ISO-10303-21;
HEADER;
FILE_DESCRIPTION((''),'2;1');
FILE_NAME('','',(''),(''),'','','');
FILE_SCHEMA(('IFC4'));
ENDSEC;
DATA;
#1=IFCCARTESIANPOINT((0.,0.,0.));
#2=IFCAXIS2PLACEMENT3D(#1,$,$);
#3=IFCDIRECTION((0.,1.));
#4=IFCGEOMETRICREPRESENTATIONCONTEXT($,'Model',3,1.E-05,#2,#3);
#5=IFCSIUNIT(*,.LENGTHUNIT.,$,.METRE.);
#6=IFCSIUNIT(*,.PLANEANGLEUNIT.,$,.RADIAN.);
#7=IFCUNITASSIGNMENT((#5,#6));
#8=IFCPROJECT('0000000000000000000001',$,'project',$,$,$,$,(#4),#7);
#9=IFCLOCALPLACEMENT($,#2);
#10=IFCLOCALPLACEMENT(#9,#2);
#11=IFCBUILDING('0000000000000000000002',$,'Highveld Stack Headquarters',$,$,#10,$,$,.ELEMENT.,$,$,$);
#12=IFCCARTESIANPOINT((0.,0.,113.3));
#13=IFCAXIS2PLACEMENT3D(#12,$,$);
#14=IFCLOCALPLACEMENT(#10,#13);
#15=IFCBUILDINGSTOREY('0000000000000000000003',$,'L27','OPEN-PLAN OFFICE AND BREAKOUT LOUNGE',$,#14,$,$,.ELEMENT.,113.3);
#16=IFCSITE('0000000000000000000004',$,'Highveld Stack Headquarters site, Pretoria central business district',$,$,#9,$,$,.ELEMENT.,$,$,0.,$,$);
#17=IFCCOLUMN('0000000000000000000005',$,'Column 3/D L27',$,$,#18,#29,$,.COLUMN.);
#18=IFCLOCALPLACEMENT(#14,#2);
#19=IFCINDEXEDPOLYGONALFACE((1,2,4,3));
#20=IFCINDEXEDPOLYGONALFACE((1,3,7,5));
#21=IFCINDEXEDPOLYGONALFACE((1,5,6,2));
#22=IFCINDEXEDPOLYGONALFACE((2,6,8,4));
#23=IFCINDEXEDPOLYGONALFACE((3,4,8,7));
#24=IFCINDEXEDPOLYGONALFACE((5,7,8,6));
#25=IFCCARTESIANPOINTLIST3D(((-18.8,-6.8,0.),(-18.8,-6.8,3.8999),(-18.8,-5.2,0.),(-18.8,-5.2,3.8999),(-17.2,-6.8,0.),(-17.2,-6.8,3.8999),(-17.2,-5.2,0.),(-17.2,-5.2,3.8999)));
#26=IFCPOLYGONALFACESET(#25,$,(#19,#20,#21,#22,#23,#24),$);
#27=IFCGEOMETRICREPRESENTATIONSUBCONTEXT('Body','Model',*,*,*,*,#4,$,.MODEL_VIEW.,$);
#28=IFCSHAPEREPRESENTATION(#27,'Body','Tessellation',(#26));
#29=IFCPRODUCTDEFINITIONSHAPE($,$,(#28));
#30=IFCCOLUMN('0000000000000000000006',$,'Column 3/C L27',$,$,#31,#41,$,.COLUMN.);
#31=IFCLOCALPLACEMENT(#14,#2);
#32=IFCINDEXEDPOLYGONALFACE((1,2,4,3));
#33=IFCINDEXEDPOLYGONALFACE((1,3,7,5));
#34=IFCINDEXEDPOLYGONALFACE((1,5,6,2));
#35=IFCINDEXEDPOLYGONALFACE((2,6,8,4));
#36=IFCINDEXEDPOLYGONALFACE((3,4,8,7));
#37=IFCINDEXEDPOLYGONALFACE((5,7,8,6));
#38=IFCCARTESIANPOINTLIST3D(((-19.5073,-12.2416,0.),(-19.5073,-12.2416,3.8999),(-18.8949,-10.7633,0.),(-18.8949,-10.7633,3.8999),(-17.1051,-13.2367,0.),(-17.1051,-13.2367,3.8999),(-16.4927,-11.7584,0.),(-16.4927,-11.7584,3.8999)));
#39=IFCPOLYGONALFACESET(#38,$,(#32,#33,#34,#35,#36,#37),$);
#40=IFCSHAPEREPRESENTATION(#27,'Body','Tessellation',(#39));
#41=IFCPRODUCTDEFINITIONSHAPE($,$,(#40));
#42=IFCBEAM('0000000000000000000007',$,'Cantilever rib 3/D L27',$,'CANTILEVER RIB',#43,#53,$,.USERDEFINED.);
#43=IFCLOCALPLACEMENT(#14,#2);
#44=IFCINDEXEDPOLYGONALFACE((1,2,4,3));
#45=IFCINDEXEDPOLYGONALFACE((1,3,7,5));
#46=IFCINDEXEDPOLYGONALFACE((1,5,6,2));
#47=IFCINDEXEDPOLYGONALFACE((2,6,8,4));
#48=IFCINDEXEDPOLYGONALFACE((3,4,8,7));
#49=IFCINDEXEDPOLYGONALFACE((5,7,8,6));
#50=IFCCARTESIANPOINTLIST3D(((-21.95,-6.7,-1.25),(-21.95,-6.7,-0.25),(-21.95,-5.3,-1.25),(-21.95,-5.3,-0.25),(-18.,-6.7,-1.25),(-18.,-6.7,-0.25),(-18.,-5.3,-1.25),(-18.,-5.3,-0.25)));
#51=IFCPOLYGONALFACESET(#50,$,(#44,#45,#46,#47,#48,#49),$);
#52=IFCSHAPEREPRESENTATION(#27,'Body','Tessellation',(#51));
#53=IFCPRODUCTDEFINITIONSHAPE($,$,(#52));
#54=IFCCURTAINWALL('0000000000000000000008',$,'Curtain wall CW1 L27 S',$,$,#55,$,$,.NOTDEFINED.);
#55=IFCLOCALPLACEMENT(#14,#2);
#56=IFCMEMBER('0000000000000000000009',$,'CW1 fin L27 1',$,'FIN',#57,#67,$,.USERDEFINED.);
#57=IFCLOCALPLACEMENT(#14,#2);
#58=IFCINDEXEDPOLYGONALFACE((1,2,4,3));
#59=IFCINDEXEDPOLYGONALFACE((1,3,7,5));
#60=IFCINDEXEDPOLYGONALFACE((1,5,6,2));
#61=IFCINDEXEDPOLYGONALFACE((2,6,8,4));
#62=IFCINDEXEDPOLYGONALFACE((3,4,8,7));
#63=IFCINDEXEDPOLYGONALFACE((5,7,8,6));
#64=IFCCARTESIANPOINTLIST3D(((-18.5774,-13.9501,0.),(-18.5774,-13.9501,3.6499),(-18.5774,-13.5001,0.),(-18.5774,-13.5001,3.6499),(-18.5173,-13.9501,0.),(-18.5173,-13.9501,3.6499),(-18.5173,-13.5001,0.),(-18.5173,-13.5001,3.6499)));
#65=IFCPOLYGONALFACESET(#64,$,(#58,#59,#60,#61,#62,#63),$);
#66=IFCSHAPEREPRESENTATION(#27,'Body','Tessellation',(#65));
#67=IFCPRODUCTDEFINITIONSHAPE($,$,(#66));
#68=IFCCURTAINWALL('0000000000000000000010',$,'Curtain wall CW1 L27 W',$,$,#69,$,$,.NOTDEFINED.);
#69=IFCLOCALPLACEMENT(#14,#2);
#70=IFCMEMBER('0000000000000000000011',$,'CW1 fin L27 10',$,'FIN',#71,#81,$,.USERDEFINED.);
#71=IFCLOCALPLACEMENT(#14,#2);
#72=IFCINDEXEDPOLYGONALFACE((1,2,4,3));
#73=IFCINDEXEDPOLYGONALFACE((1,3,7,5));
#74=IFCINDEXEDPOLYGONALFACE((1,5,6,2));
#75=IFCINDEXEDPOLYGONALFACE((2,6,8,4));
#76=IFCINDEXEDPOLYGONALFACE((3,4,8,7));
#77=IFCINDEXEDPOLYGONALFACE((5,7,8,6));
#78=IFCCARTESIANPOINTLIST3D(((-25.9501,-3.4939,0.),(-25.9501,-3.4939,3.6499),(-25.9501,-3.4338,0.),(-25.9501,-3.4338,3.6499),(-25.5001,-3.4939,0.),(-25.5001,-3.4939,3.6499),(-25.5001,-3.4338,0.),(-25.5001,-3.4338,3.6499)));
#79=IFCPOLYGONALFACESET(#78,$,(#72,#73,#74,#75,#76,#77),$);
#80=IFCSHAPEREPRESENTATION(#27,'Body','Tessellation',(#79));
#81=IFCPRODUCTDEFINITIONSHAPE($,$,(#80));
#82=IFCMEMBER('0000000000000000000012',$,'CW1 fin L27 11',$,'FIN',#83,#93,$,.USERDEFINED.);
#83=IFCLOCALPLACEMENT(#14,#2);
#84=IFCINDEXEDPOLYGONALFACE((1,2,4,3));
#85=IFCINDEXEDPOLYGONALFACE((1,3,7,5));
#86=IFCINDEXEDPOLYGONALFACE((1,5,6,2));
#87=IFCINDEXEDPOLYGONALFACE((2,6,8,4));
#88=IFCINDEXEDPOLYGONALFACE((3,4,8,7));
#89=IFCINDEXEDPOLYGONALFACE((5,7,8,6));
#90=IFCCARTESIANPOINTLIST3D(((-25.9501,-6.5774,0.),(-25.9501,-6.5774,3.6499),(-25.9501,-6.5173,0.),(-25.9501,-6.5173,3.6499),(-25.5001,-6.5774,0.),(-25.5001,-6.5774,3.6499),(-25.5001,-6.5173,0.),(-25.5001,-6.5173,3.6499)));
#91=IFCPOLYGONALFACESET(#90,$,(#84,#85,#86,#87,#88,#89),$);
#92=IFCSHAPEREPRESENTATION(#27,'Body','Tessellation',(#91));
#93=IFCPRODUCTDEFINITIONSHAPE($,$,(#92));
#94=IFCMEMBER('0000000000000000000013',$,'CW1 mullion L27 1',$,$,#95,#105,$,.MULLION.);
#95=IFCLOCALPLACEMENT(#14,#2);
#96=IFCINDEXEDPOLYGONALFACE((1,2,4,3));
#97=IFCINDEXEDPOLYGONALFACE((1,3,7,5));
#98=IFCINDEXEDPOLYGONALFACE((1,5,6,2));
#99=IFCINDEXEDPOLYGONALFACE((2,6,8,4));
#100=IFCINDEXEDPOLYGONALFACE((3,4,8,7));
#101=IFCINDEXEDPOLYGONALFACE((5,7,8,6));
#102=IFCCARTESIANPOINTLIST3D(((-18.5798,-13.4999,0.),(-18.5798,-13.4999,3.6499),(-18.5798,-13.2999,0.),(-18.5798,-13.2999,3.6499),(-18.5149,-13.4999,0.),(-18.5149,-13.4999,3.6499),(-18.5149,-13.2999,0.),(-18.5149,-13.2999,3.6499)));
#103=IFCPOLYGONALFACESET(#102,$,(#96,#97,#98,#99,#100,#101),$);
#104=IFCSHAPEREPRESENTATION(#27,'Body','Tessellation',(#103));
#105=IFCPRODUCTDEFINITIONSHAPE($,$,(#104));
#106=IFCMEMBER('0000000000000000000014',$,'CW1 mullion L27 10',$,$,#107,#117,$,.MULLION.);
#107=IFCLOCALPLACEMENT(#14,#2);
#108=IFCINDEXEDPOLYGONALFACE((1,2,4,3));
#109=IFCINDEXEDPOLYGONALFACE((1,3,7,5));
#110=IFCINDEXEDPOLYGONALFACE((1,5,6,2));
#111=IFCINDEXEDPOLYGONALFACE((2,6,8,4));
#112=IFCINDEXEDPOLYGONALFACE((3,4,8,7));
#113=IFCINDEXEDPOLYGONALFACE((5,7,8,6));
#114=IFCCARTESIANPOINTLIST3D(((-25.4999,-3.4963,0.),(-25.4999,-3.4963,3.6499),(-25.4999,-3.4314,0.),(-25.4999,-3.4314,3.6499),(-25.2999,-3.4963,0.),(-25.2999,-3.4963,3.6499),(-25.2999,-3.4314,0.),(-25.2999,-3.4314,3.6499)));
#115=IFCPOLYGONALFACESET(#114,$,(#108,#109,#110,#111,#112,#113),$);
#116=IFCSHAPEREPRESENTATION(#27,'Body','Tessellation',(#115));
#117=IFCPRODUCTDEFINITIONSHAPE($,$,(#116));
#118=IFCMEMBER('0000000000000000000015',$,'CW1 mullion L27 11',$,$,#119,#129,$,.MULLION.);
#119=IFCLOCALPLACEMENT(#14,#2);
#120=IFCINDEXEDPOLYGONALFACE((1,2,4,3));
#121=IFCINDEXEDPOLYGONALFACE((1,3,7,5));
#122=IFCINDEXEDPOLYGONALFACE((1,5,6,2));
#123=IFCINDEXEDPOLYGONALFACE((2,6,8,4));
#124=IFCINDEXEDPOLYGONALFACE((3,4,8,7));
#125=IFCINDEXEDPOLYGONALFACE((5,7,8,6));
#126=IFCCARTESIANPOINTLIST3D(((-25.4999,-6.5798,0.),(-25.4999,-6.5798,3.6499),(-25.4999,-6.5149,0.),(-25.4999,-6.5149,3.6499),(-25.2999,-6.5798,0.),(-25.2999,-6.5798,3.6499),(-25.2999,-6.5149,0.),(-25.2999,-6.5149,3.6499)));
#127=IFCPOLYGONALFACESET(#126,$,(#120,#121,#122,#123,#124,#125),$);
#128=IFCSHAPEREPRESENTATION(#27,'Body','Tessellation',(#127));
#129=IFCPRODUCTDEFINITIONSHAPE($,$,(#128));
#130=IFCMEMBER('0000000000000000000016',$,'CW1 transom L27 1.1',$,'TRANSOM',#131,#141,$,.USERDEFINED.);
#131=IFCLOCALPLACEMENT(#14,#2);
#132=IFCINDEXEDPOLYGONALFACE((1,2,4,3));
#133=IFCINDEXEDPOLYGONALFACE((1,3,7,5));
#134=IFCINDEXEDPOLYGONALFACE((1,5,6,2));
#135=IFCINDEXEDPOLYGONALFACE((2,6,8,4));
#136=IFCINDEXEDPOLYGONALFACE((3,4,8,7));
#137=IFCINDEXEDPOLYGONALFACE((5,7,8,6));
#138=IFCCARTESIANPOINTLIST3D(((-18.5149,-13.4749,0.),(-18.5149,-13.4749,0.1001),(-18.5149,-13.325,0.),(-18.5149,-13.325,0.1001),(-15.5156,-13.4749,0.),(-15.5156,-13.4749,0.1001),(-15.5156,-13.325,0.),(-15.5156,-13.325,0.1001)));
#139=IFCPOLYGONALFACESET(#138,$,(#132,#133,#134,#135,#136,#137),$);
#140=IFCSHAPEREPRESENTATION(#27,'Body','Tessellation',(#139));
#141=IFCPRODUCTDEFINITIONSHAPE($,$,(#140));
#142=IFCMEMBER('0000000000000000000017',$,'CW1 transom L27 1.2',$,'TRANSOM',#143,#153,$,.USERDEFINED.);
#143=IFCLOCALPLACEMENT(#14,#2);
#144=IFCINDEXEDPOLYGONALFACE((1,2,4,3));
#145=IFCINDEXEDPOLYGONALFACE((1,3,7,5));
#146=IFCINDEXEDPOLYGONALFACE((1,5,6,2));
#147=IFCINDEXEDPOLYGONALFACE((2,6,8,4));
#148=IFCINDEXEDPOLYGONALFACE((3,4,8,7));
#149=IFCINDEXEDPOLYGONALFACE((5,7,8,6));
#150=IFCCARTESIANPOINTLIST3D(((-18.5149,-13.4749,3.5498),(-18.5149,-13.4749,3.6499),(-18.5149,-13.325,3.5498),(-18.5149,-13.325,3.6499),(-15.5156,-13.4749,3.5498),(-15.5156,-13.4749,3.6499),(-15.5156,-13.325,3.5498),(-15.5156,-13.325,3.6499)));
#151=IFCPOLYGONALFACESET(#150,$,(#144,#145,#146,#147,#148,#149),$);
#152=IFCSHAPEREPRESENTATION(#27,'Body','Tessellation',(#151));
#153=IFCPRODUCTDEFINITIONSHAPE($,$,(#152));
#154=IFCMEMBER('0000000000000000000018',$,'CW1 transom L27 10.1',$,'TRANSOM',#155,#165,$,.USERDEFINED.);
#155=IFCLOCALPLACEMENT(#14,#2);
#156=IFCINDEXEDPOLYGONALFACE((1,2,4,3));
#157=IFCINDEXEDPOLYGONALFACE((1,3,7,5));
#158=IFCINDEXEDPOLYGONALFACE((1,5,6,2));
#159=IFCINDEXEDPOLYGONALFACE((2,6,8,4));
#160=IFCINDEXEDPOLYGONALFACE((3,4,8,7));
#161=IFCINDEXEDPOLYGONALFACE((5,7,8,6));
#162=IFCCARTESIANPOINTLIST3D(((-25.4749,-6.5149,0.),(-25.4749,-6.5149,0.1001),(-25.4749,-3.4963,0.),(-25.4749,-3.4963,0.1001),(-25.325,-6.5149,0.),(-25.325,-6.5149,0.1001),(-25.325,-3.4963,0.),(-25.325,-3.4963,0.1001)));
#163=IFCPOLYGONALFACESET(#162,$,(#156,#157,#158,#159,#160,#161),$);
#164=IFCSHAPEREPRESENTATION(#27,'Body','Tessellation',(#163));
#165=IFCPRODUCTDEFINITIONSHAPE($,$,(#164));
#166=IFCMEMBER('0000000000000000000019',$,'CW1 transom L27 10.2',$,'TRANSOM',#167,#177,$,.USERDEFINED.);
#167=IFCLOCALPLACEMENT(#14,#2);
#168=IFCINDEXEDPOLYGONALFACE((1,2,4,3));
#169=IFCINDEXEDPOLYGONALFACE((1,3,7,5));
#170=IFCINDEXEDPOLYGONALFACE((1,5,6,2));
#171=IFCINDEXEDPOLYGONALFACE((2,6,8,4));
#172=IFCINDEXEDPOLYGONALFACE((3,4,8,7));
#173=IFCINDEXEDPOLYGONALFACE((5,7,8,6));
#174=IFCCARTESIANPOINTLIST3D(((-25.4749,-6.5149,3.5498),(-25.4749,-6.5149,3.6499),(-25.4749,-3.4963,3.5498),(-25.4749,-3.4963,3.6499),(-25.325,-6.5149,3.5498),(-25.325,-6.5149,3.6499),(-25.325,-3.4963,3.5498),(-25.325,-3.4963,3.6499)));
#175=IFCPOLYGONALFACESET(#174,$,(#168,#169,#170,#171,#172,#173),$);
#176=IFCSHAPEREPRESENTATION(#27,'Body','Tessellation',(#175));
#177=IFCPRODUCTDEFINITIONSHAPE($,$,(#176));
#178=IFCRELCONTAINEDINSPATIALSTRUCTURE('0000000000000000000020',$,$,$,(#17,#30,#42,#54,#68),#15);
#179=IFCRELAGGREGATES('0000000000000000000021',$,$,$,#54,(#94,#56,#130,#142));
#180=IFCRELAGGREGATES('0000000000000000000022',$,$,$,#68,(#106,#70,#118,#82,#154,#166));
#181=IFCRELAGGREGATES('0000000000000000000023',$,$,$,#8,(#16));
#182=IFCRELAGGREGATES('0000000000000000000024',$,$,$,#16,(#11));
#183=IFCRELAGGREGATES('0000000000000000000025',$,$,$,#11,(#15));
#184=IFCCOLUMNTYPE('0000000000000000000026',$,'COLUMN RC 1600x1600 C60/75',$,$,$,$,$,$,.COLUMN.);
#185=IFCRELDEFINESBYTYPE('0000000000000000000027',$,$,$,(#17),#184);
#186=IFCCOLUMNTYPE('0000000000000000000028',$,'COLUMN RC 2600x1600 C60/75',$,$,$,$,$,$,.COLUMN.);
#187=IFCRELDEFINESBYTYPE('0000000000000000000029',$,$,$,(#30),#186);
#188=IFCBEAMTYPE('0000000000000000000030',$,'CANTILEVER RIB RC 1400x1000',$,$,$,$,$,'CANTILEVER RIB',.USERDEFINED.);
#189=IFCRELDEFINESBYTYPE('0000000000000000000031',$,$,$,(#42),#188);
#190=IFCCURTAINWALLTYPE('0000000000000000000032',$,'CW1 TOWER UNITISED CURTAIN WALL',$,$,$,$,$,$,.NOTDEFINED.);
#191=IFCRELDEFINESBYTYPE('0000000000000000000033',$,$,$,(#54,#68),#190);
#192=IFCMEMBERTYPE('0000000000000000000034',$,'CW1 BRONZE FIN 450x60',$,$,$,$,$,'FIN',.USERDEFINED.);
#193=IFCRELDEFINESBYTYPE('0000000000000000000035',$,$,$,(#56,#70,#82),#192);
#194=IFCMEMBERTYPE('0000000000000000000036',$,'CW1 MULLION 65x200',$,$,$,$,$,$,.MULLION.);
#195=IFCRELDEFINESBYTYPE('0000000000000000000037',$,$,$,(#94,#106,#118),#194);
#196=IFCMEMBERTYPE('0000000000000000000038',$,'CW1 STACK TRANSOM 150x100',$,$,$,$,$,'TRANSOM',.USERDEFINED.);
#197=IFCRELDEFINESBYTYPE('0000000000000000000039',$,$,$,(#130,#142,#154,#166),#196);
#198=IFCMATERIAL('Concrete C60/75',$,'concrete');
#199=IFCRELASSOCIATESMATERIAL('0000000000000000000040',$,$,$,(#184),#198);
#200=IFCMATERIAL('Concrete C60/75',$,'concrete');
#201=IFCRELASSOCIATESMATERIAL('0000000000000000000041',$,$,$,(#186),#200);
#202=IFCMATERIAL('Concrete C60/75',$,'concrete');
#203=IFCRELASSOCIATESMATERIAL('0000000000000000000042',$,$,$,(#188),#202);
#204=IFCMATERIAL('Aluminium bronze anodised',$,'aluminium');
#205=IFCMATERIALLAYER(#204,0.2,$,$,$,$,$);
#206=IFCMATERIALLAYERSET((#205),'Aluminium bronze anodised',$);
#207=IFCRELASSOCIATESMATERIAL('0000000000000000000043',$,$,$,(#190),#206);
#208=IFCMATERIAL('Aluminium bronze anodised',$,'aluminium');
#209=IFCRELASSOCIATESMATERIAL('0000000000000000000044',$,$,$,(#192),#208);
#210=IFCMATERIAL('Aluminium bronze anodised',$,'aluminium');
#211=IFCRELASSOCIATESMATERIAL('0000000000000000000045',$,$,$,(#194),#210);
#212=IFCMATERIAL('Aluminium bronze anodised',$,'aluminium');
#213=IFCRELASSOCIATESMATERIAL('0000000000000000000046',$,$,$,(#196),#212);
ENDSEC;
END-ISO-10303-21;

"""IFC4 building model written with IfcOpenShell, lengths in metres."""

from ifc_helpers import new_model, si_unit, direction, frame, origin, origin_2d, place, context, subcontext, project, spatial, rectangle, extrude, material, layer, layer_set, material_profile, profile_set, type_object, element, aggregate, save


model = new_model("IFC4")

# Units and contexts
model_context = context("Model", 3, precision=1e-05, world=origin(), true_north=direction((0.0, 1.0)))
body_context = subcontext(model_context, "Body", "Model", "MODEL_VIEW")
ifc_project = project(units=[si_unit("LENGTHUNIT", "METRE"), si_unit("PLANEANGLEUNIT", "RADIAN")], contexts=[model_context])

# Site, building, storey
site_placement = place(None, origin())
site = spatial("IfcSite", under=ifc_project, at=site_placement, Name="Highveld Stack Headquarters site, Pretoria central business district", CompositionType="ELEMENT", RefElevation=0.0)
building_placement = place(site_placement, origin())
building = spatial("IfcBuilding", under=site, at=building_placement, Name="Highveld Stack Headquarters", CompositionType="ELEMENT")
storey_placement = place(building_placement, frame((0.0, 0.0, 113.3)))
storey = spatial("IfcBuildingStorey", under=building, at=storey_placement, Name="L27", Description="OPEN-PLAN OFFICE AND BREAKOUT LOUNGE", CompositionType="ELEMENT", Elevation=113.3)

# Columns
ifc_material_1 = material(Name="Concrete C60/75", Category="concrete")
ifc_material_profile_1 = material_profile(ifc_material_1, rectangle(XDim=1.6001, YDim=1.6001, at=origin_2d()), Name="RC 1600x1600")
ifc_profile_set_1 = profile_set([ifc_material_profile_1], Name="Concrete C60/75")
column_type_1 = type_object("IfcColumnType", Name="COLUMN RC 1600x1600 C60/75", PredefinedType="COLUMN", material=ifc_profile_set_1)
column_1_placement = place(storey_placement, frame((-18.0, -6.0, 0.0), z_axis=(0.0, 0.0, 1.0), x_axis=(1.0, 0.0, 0.0)))
element("IfcColumn", 1, at=column_1_placement, inside=storey, type_object=column_type_1, Name="Column 3/D L27", PredefinedType="COLUMN", context=body_context, shape_type="SweptSolid", body=[
    extrude(rectangle(XDim=1.6001, YDim=1.6001, at=origin_2d()), origin(), (0.0, 0.0, 1.0), 3.8999),
])
ifc_material_2 = material(Name="Concrete C60/75", Category="concrete")
ifc_material_profile_2 = material_profile(ifc_material_2, rectangle(XDim=2.6001, YDim=1.6001, at=origin_2d()), Name="RC 2600x1600")
ifc_profile_set_2 = profile_set([ifc_material_profile_2], Name="Concrete C60/75")
column_type_2 = type_object("IfcColumnType", Name="COLUMN RC 2600x1600 C60/75", PredefinedType="COLUMN", material=ifc_profile_set_2)
column_2_placement = place(storey_placement, frame((-18.0, -12.0, 0.0), z_axis=(0.0, 0.0, 1.0), x_axis=(-0.92388, 0.382683, 0.0)))
element("IfcColumn", 2, at=column_2_placement, inside=storey, type_object=column_type_2, Name="Column 3/C L27", PredefinedType="COLUMN", context=body_context, shape_type="SweptSolid", body=[
    extrude(rectangle(XDim=2.6001, YDim=1.6001, at=origin_2d()), origin(), (0.0, 0.0, 1.0), 3.8999),
])

# Beam
ifc_material_3 = material(Name="Concrete C60/75", Category="concrete")
ifc_material_profile_3 = material_profile(ifc_material_3, rectangle(XDim=1.3999, YDim=1.0, at=origin_2d()), Name="RC 1400x1000")
ifc_profile_set_3 = profile_set([ifc_material_profile_3], Name="Concrete C60/75")
beam_type_1 = type_object("IfcBeamType", Name="CANTILEVER RIB RC 1400x1000", ElementType="CANTILEVER RIB", PredefinedType="USERDEFINED", material=ifc_profile_set_3)
beam_1_placement = place(storey_placement, frame((-18.0, -6.0, -0.75), z_axis=(-1.0, 0.0, 0.0), x_axis=(0.0, -1.0, 0.0)))
element("IfcBeam", 3, at=beam_1_placement, inside=storey, type_object=beam_type_1, Name="Cantilever rib 3/D L27", ObjectType="CANTILEVER RIB", PredefinedType="USERDEFINED", context=body_context, shape_type="SweptSolid", body=[
    extrude(rectangle(XDim=1.3999, YDim=1.0, at=origin_2d()), origin(), (0.0, 0.0, 1.0), 3.95),
])

# Curtain wall, member
ifc_material_4 = material(Name="Aluminium bronze anodised", Category="aluminium")
ifc_layer_1 = layer(ifc_material_4, 0.2)
ifc_layer_set_1 = layer_set([ifc_layer_1], Name="Aluminium bronze anodised")
curtain_wall_type_1 = type_object("IfcCurtainWallType", Name="CW1 TOWER UNITISED CURTAIN WALL", PredefinedType="NOTDEFINED", material=ifc_layer_set_1)
curtain_wall_1_placement = place(storey_placement, origin())
curtain_wall_1 = element("IfcCurtainWall", 4, at=curtain_wall_1_placement, inside=storey, type_object=curtain_wall_type_1, Name="Curtain wall CW1 L27 S", PredefinedType="NOTDEFINED")
ifc_material_5 = material(Name="Aluminium bronze anodised", Category="aluminium")
ifc_material_profile_4 = material_profile(ifc_material_5, rectangle(XDim=0.45, YDim=0.0601, at=origin_2d()), Name="FIN 450x60")
ifc_profile_set_4 = profile_set([ifc_material_profile_4], Name="Aluminium bronze anodised")
member_type_1 = type_object("IfcMemberType", Name="CW1 BRONZE FIN 450x60", ElementType="FIN", PredefinedType="USERDEFINED", material=ifc_profile_set_4)
member_1_placement = place(storey_placement, frame((-18.5474, -13.7251, 0.0), z_axis=(0.0, 0.0, 1.0), x_axis=(0.0, 1.0, 0.0)))
member_1 = element("IfcMember", 5, at=member_1_placement, type_object=member_type_1, Name="CW1 fin L27 1", ObjectType="FIN", PredefinedType="USERDEFINED", context=body_context, shape_type="SweptSolid", body=[
    extrude(rectangle(XDim=0.45, YDim=0.0601, at=origin_2d()), origin(), (0.0, 0.0, 1.0), 3.6499),
])

# Curtain wall, members
curtain_wall_2_placement = place(storey_placement, origin())
curtain_wall_2 = element("IfcCurtainWall", 6, at=curtain_wall_2_placement, inside=storey, type_object=curtain_wall_type_1, Name="Curtain wall CW1 L27 W", PredefinedType="NOTDEFINED")
member_2_placement = place(storey_placement, frame((-25.7251, -3.4639, 0.0), z_axis=(0.0, 0.0, 1.0), x_axis=(1.0, 0.0, 0.0)))
member_2 = element("IfcMember", 7, at=member_2_placement, type_object=member_type_1, Name="CW1 fin L27 10", ObjectType="FIN", PredefinedType="USERDEFINED", context=body_context, shape_type="SweptSolid", body=[
    extrude(rectangle(XDim=0.45, YDim=0.0601, at=origin_2d()), origin(), (0.0, 0.0, 1.0), 3.6499),
])
member_3_placement = place(storey_placement, frame((-25.7251, -6.5474, 0.0), z_axis=(0.0, 0.0, 1.0), x_axis=(1.0, 0.0, 0.0)))
member_3 = element("IfcMember", 8, at=member_3_placement, type_object=member_type_1, Name="CW1 fin L27 11", ObjectType="FIN", PredefinedType="USERDEFINED", context=body_context, shape_type="SweptSolid", body=[
    extrude(rectangle(XDim=0.45, YDim=0.0601, at=origin_2d()), origin(), (0.0, 0.0, 1.0), 3.6499),
])

# Members
ifc_material_6 = material(Name="Aluminium bronze anodised", Category="aluminium")
ifc_material_profile_5 = material_profile(ifc_material_6, rectangle(XDim=0.2, YDim=0.0649, at=origin_2d()), Name="CW1 MULLION 65x200")
ifc_profile_set_5 = profile_set([ifc_material_profile_5], Name="Aluminium bronze anodised")
member_type_2 = type_object("IfcMemberType", Name="CW1 MULLION 65x200", PredefinedType="MULLION", material=ifc_profile_set_5)
member_4_placement = place(storey_placement, frame((-18.5474, -13.3999, 0.0), z_axis=(0.0, 0.0, 1.0), x_axis=(0.0, 1.0, 0.0)))
member_4 = element("IfcMember", 9, at=member_4_placement, type_object=member_type_2, Name="CW1 mullion L27 1", PredefinedType="MULLION", context=body_context, shape_type="SweptSolid", body=[
    extrude(rectangle(XDim=0.2, YDim=0.0649, at=origin_2d()), origin(), (0.0, 0.0, 1.0), 3.6499),
])
member_5_placement = place(storey_placement, frame((-25.3999, -3.4639, 0.0), z_axis=(0.0, 0.0, 1.0), x_axis=(1.0, 0.0, 0.0)))
member_5 = element("IfcMember", 10, at=member_5_placement, type_object=member_type_2, Name="CW1 mullion L27 10", PredefinedType="MULLION", context=body_context, shape_type="SweptSolid", body=[
    extrude(rectangle(XDim=0.2, YDim=0.0649, at=origin_2d()), origin(), (0.0, 0.0, 1.0), 3.6499),
])
member_6_placement = place(storey_placement, frame((-25.3999, -6.5474, 0.0), z_axis=(0.0, 0.0, 1.0), x_axis=(1.0, 0.0, 0.0)))
member_6 = element("IfcMember", 11, at=member_6_placement, type_object=member_type_2, Name="CW1 mullion L27 11", PredefinedType="MULLION", context=body_context, shape_type="SweptSolid", body=[
    extrude(rectangle(XDim=0.2, YDim=0.0649, at=origin_2d()), origin(), (0.0, 0.0, 1.0), 3.6499),
])
ifc_material_7 = material(Name="Aluminium bronze anodised", Category="aluminium")
ifc_material_profile_6 = material_profile(ifc_material_7, rectangle(XDim=0.1499, YDim=0.1001, at=origin_2d()), Name="CW1 TRANSOM 150x100")
ifc_profile_set_6 = profile_set([ifc_material_profile_6], Name="Aluminium bronze anodised")
member_type_3 = type_object("IfcMemberType", Name="CW1 STACK TRANSOM 150x100", ElementType="TRANSOM", PredefinedType="USERDEFINED", material=ifc_profile_set_6)
member_7_placement = place(storey_placement, frame((-18.5149, -13.3999, 0.05), z_axis=(1.0, 0.0, 0.0), x_axis=(0.0, 1.0, 0.0)))
member_7 = element("IfcMember", 12, at=member_7_placement, type_object=member_type_3, Name="CW1 transom L27 1.1", ObjectType="TRANSOM", PredefinedType="USERDEFINED", context=body_context, shape_type="SweptSolid", body=[
    extrude(rectangle(XDim=0.1499, YDim=0.1001, at=origin_2d()), origin(), (0.0, 0.0, 1.0), 2.9993),
])
member_8_placement = place(storey_placement, frame((-18.5149, -13.3999, 3.5999), z_axis=(1.0, 0.0, 0.0), x_axis=(0.0, 1.0, 0.0)))
member_8 = element("IfcMember", 13, at=member_8_placement, type_object=member_type_3, Name="CW1 transom L27 1.2", ObjectType="TRANSOM", PredefinedType="USERDEFINED", context=body_context, shape_type="SweptSolid", body=[
    extrude(rectangle(XDim=0.1499, YDim=0.1001, at=origin_2d()), origin(), (0.0, 0.0, 1.0), 2.9993),
])
aggregate(curtain_wall_1, [member_4, member_1, member_7, member_8])
member_9_placement = place(storey_placement, frame((-25.3999, -3.4963, 0.05), z_axis=(0.0, -1.0, 0.0), x_axis=(1.0, 0.0, 0.0)))
member_9 = element("IfcMember", 14, at=member_9_placement, type_object=member_type_3, Name="CW1 transom L27 10.1", ObjectType="TRANSOM", PredefinedType="USERDEFINED", context=body_context, shape_type="SweptSolid", body=[
    extrude(rectangle(XDim=0.1499, YDim=0.1001, at=origin_2d()), origin(), (0.0, 0.0, 1.0), 3.0186),
])
member_10_placement = place(storey_placement, frame((-25.3999, -3.4963, 3.5999), z_axis=(0.0, -1.0, 0.0), x_axis=(1.0, 0.0, 0.0)))
member_10 = element("IfcMember", 15, at=member_10_placement, type_object=member_type_3, Name="CW1 transom L27 10.2", ObjectType="TRANSOM", PredefinedType="USERDEFINED", context=body_context, shape_type="SweptSolid", body=[
    extrude(rectangle(XDim=0.1499, YDim=0.1001, at=origin_2d()), origin(), (0.0, 0.0, 1.0), 3.0186),
])

aggregate(curtain_wall_2, [member_5, member_2, member_6, member_3, member_9, member_10])

save(model, "model.ifc")
